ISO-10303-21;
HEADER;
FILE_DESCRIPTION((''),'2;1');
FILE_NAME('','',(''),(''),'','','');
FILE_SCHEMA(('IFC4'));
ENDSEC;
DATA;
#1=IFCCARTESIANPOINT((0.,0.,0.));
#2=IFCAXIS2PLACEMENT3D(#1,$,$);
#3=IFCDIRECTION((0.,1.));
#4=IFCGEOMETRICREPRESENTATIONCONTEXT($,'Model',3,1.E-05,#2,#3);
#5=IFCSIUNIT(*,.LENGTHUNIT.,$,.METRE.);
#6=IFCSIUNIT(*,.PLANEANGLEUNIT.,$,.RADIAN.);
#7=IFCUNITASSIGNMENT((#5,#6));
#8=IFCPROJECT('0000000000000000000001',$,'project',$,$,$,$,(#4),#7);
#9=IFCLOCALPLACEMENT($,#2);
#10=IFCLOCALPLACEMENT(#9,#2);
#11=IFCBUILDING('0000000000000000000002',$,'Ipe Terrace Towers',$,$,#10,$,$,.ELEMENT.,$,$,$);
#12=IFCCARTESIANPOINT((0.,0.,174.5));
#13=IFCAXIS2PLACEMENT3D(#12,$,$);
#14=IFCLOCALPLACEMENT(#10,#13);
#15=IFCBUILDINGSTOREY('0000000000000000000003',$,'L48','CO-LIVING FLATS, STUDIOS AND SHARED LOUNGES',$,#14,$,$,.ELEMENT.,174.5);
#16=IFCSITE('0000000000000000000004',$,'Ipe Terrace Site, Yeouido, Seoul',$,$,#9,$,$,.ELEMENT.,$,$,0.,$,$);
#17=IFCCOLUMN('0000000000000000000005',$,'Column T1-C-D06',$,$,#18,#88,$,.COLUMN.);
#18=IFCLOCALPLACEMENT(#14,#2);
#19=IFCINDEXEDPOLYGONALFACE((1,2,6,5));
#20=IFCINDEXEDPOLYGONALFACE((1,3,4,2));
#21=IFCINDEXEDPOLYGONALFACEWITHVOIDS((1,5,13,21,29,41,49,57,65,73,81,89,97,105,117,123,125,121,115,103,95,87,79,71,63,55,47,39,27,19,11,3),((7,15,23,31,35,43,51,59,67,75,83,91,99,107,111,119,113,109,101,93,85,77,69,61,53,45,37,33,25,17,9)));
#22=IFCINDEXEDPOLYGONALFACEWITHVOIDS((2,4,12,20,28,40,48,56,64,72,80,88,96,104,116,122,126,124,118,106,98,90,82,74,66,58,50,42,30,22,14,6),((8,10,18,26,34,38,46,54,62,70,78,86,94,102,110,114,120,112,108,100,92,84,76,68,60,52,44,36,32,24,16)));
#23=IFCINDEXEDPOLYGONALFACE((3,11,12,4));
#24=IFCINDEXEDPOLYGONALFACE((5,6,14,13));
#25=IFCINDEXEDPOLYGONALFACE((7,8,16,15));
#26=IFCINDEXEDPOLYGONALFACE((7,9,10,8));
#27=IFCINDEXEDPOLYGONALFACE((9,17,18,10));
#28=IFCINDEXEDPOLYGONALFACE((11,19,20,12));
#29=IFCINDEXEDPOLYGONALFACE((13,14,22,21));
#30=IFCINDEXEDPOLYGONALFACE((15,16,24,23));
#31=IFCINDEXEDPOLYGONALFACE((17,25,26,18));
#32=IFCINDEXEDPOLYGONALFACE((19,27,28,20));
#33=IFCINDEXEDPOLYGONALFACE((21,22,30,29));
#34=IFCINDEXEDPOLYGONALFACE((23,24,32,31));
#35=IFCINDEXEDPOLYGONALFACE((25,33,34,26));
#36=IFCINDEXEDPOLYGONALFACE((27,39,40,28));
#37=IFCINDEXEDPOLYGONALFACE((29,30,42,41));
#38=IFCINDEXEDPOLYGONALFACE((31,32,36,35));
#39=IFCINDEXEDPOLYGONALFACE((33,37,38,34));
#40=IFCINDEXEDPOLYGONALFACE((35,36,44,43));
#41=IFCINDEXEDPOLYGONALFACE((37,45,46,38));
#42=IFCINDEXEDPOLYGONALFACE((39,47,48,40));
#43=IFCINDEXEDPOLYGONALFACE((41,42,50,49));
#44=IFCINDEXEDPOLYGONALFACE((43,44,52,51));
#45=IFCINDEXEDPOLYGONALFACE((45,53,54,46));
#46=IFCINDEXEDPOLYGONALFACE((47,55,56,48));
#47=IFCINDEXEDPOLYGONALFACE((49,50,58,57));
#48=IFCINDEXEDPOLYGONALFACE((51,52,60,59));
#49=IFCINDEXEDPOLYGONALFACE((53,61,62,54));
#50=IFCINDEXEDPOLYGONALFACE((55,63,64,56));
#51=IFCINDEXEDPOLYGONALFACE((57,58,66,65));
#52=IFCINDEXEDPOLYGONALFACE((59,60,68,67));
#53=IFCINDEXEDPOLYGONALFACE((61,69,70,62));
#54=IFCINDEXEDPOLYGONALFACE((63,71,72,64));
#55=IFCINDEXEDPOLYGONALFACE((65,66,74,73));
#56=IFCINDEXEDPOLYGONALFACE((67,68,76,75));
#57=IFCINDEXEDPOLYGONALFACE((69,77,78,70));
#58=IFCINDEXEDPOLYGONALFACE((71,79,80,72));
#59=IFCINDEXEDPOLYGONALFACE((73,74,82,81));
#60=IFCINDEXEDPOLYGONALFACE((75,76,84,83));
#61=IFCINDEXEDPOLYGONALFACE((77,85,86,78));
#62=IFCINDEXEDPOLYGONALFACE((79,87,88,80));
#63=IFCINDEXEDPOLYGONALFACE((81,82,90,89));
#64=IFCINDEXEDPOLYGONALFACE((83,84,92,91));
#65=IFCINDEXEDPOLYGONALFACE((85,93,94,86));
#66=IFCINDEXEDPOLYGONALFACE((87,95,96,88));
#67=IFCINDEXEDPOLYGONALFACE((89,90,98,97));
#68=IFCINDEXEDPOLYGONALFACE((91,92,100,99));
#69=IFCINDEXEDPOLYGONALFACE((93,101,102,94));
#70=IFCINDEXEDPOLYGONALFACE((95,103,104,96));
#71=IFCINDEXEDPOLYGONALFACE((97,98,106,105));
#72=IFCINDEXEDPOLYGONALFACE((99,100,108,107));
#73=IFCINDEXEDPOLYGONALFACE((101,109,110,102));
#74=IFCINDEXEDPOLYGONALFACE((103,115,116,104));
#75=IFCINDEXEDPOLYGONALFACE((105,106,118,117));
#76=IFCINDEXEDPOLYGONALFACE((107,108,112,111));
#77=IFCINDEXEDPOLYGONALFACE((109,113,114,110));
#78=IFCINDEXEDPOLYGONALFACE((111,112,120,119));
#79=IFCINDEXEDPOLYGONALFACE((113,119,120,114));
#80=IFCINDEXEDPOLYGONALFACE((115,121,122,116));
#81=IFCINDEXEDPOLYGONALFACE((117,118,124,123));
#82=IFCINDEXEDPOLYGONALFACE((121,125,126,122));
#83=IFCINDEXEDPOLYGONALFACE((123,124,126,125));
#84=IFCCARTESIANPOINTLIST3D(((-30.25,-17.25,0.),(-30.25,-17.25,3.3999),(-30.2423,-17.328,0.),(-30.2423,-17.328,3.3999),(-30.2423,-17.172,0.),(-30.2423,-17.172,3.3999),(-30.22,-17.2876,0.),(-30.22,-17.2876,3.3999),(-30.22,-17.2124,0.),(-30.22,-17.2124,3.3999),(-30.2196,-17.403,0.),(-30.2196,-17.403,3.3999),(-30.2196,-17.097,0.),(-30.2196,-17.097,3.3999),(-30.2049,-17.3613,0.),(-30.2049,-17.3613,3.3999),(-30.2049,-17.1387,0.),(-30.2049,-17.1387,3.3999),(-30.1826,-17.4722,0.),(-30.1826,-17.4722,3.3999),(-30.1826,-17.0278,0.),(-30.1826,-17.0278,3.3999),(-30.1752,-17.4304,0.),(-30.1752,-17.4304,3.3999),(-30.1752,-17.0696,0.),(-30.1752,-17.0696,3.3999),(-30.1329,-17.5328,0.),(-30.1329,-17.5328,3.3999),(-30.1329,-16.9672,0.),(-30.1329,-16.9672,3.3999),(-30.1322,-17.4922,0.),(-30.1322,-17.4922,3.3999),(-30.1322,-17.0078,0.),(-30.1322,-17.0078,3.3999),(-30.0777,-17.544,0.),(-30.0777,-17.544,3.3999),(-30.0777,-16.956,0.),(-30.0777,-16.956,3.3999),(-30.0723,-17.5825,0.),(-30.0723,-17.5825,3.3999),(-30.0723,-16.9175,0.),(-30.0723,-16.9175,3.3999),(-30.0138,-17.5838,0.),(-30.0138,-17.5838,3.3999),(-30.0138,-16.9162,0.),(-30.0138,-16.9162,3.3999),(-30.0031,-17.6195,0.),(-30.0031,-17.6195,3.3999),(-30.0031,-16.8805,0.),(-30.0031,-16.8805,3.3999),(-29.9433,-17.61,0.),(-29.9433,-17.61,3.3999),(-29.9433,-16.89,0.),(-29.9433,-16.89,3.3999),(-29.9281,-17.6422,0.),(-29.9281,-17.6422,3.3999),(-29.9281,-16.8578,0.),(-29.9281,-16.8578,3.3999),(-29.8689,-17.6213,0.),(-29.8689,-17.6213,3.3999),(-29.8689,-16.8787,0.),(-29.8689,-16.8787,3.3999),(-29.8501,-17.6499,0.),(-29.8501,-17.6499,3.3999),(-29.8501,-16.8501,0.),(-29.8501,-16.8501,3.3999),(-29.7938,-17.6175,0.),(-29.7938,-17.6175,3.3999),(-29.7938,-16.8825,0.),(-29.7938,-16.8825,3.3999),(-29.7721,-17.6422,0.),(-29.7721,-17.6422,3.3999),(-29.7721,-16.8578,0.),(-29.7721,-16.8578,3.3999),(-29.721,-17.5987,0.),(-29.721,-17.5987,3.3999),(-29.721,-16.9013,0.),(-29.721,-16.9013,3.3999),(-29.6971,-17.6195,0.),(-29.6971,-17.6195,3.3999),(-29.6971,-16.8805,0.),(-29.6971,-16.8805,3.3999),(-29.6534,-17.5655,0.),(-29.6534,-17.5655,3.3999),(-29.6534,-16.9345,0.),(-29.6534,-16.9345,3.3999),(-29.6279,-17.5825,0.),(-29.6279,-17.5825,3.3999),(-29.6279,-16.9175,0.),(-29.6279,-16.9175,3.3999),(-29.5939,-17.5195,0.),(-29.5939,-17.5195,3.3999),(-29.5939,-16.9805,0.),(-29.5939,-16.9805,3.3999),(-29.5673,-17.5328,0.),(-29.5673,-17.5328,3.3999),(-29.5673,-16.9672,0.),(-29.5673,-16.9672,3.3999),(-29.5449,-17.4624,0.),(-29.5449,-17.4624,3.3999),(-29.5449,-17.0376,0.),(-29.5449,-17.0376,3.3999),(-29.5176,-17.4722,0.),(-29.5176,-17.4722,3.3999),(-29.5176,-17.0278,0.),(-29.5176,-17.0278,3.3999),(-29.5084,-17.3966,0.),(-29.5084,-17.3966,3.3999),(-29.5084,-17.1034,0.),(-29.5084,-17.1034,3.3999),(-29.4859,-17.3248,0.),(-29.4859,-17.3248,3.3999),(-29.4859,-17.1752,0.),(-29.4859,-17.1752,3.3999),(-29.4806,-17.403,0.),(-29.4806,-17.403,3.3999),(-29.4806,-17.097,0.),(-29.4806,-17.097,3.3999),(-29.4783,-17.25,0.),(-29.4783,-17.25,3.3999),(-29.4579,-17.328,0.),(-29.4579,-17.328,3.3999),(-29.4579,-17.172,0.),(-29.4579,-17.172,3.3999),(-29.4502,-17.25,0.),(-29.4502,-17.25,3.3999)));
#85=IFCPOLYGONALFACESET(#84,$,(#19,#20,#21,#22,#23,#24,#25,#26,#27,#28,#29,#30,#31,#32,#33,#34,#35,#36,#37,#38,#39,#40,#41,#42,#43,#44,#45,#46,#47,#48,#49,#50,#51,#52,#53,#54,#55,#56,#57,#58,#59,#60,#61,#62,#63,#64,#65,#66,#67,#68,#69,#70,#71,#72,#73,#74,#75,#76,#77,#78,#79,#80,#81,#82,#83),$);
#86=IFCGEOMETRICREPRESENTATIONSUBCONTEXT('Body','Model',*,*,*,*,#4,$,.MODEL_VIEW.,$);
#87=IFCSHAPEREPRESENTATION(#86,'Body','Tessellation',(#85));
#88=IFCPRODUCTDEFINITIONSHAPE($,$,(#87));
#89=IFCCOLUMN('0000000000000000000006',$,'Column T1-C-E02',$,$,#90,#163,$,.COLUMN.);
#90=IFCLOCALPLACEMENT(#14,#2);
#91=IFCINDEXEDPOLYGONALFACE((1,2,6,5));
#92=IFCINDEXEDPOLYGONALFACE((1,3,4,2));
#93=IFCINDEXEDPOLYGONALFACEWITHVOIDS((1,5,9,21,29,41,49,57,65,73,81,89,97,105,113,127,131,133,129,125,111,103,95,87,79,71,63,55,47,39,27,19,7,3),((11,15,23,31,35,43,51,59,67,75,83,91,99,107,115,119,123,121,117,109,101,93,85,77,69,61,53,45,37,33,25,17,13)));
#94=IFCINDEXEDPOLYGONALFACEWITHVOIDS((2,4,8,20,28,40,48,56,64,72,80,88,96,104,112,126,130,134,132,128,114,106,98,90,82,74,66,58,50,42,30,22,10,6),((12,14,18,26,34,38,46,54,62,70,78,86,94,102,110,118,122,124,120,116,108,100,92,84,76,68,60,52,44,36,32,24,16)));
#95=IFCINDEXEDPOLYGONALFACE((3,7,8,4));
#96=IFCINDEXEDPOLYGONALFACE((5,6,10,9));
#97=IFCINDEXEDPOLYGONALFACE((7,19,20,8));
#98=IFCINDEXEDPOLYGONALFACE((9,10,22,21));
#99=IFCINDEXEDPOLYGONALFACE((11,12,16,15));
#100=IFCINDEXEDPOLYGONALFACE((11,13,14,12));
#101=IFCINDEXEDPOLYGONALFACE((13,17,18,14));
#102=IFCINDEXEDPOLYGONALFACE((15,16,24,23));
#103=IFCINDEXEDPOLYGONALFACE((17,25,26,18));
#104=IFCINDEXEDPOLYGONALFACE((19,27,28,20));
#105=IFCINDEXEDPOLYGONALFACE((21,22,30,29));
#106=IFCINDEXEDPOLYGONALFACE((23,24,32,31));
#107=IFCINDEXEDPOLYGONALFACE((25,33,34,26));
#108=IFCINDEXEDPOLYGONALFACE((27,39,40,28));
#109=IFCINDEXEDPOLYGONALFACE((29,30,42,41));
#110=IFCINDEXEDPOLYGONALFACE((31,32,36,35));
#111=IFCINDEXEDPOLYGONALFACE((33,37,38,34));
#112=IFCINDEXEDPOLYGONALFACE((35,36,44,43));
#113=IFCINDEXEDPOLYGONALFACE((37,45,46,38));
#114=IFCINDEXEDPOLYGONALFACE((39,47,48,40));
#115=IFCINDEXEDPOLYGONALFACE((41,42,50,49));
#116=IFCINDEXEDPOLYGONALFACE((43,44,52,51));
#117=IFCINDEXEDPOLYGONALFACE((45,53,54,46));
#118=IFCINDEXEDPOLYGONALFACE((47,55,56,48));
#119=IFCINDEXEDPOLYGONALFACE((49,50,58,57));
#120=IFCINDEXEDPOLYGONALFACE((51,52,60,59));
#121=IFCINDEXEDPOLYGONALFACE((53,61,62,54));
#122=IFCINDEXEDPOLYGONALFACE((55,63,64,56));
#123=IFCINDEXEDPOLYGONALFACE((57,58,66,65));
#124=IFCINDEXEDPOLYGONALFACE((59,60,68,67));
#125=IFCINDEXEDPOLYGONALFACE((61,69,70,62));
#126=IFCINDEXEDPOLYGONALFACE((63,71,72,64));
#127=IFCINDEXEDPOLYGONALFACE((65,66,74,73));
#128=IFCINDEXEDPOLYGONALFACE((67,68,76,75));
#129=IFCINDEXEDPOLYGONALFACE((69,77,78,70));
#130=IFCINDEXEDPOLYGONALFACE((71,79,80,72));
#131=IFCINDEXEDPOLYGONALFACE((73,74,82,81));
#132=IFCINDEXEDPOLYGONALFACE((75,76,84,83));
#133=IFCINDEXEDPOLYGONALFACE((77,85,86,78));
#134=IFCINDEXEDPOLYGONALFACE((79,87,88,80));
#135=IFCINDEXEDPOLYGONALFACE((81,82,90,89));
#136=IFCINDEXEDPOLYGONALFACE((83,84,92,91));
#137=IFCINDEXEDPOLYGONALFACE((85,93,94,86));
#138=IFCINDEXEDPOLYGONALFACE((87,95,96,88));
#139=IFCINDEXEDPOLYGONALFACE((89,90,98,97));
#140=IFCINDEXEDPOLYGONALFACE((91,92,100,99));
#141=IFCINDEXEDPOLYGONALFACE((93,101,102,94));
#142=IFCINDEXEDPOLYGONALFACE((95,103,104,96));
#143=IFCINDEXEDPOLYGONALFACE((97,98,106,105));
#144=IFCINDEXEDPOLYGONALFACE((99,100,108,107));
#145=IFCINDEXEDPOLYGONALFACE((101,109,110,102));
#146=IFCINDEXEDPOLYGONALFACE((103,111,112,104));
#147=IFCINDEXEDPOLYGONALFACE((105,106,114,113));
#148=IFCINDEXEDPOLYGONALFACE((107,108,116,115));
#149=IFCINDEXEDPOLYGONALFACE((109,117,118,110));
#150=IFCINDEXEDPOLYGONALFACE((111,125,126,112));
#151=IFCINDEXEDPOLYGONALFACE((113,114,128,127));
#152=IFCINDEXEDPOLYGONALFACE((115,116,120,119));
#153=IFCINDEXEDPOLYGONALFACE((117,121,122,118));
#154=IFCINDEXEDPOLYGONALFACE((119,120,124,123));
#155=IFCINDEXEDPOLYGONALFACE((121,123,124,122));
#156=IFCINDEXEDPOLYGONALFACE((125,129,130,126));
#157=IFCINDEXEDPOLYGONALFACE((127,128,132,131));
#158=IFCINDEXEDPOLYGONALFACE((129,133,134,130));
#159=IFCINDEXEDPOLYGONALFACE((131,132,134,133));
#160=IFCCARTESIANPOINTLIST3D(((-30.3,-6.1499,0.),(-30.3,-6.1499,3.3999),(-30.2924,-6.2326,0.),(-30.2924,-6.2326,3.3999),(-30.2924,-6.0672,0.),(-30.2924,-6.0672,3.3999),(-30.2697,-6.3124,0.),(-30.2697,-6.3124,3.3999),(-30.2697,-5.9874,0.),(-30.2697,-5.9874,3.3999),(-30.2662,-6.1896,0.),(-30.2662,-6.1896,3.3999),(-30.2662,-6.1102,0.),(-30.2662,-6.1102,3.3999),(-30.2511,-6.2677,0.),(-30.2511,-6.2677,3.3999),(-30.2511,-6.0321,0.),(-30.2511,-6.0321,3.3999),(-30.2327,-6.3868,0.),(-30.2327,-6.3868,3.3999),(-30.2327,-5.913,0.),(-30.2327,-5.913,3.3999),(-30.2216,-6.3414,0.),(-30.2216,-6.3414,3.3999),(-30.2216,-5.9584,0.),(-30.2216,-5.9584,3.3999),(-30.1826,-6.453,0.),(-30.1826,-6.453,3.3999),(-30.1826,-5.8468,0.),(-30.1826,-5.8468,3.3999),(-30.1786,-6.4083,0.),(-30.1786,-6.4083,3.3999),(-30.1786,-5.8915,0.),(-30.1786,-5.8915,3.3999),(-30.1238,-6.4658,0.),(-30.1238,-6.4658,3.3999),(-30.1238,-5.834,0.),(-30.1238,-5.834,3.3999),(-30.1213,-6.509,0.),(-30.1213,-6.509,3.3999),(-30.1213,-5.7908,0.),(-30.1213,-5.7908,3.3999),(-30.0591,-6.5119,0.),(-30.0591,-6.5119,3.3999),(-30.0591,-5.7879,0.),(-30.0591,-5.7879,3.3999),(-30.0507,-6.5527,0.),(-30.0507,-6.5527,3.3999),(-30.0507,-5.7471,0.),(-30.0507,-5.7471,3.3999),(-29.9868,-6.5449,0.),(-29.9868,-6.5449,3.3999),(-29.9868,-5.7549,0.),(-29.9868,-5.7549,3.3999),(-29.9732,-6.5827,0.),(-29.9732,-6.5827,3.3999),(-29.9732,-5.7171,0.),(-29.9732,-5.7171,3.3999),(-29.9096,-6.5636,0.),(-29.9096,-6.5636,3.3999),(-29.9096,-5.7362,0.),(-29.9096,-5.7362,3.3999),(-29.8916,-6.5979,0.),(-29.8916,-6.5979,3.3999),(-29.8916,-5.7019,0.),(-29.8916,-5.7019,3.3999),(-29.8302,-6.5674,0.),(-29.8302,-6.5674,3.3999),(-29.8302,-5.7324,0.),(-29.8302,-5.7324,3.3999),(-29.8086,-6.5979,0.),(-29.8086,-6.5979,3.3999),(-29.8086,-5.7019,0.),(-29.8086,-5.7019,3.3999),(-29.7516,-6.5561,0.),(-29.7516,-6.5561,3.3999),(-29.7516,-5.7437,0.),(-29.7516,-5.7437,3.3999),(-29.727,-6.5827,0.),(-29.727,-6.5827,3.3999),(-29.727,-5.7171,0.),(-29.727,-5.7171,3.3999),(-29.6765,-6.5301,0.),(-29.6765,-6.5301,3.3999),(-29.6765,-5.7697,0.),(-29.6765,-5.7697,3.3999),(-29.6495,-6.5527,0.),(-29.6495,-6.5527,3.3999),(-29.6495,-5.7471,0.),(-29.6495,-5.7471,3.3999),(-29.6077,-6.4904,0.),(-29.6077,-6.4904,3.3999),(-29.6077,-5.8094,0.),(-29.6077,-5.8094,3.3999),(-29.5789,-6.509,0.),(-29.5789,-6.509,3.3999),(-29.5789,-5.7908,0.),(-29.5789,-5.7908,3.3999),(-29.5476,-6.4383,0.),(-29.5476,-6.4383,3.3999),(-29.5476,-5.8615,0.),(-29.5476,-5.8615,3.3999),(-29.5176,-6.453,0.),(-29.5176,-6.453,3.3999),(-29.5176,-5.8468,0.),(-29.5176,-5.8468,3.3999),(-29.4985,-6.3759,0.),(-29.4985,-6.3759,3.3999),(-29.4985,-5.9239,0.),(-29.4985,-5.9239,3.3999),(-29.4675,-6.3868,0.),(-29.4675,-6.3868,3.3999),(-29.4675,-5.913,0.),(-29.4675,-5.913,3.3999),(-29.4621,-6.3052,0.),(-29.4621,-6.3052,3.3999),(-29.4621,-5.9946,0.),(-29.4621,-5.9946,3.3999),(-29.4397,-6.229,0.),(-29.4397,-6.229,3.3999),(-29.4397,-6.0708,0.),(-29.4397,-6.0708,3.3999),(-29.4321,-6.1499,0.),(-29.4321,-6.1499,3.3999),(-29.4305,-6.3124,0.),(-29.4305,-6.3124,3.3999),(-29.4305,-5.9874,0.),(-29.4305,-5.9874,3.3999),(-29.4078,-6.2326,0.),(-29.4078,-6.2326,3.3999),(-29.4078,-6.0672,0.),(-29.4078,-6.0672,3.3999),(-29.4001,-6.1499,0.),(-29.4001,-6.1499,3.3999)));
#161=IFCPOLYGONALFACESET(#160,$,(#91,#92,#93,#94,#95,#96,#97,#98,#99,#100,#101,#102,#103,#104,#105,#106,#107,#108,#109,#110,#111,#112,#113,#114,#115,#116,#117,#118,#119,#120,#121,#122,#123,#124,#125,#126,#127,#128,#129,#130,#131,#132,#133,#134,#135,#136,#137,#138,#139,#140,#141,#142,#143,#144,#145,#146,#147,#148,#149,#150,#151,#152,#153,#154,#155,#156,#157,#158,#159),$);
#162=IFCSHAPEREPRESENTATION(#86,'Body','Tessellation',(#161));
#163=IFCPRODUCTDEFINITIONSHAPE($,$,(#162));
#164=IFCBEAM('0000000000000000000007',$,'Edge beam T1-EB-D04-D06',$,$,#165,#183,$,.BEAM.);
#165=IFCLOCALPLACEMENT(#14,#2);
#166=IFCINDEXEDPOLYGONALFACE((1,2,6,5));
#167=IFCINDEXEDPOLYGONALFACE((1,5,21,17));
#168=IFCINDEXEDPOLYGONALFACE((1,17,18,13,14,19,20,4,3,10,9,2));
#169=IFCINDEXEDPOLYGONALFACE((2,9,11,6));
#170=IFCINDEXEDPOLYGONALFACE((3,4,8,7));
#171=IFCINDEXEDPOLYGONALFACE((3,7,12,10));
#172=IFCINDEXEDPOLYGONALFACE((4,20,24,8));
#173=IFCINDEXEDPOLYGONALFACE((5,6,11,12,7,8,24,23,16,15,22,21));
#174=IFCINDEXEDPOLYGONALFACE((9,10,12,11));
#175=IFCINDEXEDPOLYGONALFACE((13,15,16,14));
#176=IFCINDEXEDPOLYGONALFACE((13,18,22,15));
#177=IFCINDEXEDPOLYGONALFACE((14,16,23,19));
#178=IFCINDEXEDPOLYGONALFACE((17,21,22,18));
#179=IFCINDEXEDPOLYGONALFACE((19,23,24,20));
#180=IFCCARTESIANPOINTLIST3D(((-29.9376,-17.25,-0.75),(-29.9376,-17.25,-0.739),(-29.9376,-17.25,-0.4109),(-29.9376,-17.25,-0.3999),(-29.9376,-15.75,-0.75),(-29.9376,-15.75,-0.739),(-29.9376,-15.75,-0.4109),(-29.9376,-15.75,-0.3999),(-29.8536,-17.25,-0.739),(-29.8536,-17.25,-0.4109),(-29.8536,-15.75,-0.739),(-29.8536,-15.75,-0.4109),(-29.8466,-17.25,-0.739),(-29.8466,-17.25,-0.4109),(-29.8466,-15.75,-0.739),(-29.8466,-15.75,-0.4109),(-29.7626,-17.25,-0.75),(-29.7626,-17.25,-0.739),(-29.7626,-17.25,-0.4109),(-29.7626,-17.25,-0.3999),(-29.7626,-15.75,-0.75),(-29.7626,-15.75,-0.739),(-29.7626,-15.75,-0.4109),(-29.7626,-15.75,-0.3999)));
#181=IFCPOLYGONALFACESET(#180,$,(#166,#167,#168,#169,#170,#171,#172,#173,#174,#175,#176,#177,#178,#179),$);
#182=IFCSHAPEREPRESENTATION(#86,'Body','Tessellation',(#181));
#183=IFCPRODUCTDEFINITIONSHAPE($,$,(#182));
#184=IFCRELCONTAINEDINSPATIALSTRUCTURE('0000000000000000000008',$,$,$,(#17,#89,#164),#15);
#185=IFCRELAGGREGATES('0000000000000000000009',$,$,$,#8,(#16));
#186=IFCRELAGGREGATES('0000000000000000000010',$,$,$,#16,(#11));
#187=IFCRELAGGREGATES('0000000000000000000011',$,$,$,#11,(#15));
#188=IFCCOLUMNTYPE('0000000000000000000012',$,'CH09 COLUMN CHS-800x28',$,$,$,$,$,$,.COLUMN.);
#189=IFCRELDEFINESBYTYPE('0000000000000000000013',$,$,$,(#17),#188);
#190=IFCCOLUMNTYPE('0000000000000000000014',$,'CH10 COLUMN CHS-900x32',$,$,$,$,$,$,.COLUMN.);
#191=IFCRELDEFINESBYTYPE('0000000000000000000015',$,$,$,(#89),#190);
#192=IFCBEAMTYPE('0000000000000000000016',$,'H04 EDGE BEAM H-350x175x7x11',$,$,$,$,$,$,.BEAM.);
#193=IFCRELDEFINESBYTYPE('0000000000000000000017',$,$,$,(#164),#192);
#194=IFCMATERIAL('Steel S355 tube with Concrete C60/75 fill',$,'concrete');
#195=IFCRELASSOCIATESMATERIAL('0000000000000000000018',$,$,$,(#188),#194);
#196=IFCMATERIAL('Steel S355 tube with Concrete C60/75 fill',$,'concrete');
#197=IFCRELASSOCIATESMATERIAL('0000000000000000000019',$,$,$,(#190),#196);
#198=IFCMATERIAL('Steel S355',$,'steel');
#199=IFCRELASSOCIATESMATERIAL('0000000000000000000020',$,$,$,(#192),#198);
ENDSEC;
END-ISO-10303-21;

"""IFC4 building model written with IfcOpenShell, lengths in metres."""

from ifc_helpers import new_model, si_unit, direction, frame, origin, origin_2d, place, context, subcontext, project, spatial, hollow_circle, i_section, extrude, material, material_profile, profile_set, type_object, element, save


model = new_model("IFC4")

# Units and contexts
model_context = context("Model", 3, precision=1e-05, world=origin(), true_north=direction((0.0, 1.0)))
body_context = subcontext(model_context, "Body", "Model", "MODEL_VIEW")
ifc_project = project(units=[si_unit("LENGTHUNIT", "METRE"), si_unit("PLANEANGLEUNIT", "RADIAN")], contexts=[model_context])

# Site, building, storey
site_placement = place(None, origin())
site = spatial("IfcSite", under=ifc_project, at=site_placement, Name="Ipe Terrace Site, Yeouido, Seoul", CompositionType="ELEMENT", RefElevation=0.0)
building_placement = place(site_placement, origin())
building = spatial("IfcBuilding", under=site, at=building_placement, Name="Ipe Terrace Towers", CompositionType="ELEMENT")
storey_placement = place(building_placement, frame((0.0, 0.0, 174.5)))
storey = spatial("IfcBuildingStorey", under=building, at=storey_placement, Name="L48", Description="CO-LIVING FLATS, STUDIOS AND SHARED LOUNGES", CompositionType="ELEMENT", Elevation=174.5)

# Columns
ifc_material_1 = material(Name="Steel S355 tube with Concrete C60/75 fill", Category="concrete")
ifc_material_profile_1 = material_profile(ifc_material_1, hollow_circle(Radius=0.3999, WallThickness=0.0281, at=origin_2d()), Name="CHS-800x28")
ifc_profile_set_1 = profile_set([ifc_material_profile_1], Name="Steel S355 tube with Concrete C60/75 fill")
column_type_1 = type_object("IfcColumnType", Name="CH09 COLUMN CHS-800x28", PredefinedType="COLUMN", material=ifc_profile_set_1)
for number, where, z_axis, x_axis, name in (
    (1, (-29.8501, -17.25, 0.0), (0.0, 0.0, 1.0), (1.0, 0.0, 0.0), "Column T1-C-D06"),
):
    element("IfcColumn", number, at=place(storey_placement, frame(where, z_axis=z_axis, x_axis=x_axis)), inside=storey, type_object=column_type_1, Name=name, PredefinedType="COLUMN", context=body_context, shape_type="SweptSolid", body=[
        extrude(hollow_circle(Radius=0.3999, WallThickness=0.0281, at=origin_2d()), origin(), (0.0, 0.0, 1.0), 3.3999),
    ])
ifc_material_2 = material(Name="Steel S355 tube with Concrete C60/75 fill", Category="concrete")
ifc_material_profile_2 = material_profile(ifc_material_2, hollow_circle(Radius=0.45, WallThickness=0.032, at=origin_2d()), Name="CHS-900x32")
ifc_profile_set_2 = profile_set([ifc_material_profile_2], Name="Steel S355 tube with Concrete C60/75 fill")
column_type_2 = type_object("IfcColumnType", Name="CH10 COLUMN CHS-900x32", PredefinedType="COLUMN", material=ifc_profile_set_2)
column_placement = place(storey_placement, frame((-29.8501, -6.1499, 0.0), z_axis=(0.0, 0.0, 1.0), x_axis=(1.0, 0.0, 0.0)))
element("IfcColumn", 2, at=column_placement, inside=storey, type_object=column_type_2, Name="Column T1-C-E02", PredefinedType="COLUMN", context=body_context, shape_type="SweptSolid", body=[
    extrude(hollow_circle(Radius=0.45, WallThickness=0.032, at=origin_2d()), origin(), (0.0, 0.0, 1.0), 3.3999),
])

# Beam
ifc_material_3 = material(Name="Steel S355", Category="steel")
ifc_material_profile_3 = material_profile(ifc_material_3, i_section(OverallWidth=0.175, OverallDepth=0.3501, WebThickness=0.0071, FlangeThickness=0.011, at=origin_2d()), Name="H-350x175x7x11")
ifc_profile_set_3 = profile_set([ifc_material_profile_3], Name="Steel S355")
beam_type_1 = type_object("IfcBeamType", Name="H04 EDGE BEAM H-350x175x7x11", PredefinedType="BEAM", material=ifc_profile_set_3)
beam_1_placement = place(storey_placement, frame((-29.8501, -15.75, -0.575), z_axis=(0.0, -1.0, 0.0), x_axis=(1.0, 0.0, 0.0)))
element("IfcBeam", 3, at=beam_1_placement, inside=storey, type_object=beam_type_1, Name="Edge beam T1-EB-D04-D06", PredefinedType="BEAM", context=body_context, shape_type="SweptSolid", body=[
    extrude(i_section(OverallWidth=0.175, OverallDepth=0.3501, WebThickness=0.0071, FlangeThickness=0.011, at=origin_2d()), origin(), (0.0, 0.0, 1.0), 1.5),
])

save(model, "model.ifc")
